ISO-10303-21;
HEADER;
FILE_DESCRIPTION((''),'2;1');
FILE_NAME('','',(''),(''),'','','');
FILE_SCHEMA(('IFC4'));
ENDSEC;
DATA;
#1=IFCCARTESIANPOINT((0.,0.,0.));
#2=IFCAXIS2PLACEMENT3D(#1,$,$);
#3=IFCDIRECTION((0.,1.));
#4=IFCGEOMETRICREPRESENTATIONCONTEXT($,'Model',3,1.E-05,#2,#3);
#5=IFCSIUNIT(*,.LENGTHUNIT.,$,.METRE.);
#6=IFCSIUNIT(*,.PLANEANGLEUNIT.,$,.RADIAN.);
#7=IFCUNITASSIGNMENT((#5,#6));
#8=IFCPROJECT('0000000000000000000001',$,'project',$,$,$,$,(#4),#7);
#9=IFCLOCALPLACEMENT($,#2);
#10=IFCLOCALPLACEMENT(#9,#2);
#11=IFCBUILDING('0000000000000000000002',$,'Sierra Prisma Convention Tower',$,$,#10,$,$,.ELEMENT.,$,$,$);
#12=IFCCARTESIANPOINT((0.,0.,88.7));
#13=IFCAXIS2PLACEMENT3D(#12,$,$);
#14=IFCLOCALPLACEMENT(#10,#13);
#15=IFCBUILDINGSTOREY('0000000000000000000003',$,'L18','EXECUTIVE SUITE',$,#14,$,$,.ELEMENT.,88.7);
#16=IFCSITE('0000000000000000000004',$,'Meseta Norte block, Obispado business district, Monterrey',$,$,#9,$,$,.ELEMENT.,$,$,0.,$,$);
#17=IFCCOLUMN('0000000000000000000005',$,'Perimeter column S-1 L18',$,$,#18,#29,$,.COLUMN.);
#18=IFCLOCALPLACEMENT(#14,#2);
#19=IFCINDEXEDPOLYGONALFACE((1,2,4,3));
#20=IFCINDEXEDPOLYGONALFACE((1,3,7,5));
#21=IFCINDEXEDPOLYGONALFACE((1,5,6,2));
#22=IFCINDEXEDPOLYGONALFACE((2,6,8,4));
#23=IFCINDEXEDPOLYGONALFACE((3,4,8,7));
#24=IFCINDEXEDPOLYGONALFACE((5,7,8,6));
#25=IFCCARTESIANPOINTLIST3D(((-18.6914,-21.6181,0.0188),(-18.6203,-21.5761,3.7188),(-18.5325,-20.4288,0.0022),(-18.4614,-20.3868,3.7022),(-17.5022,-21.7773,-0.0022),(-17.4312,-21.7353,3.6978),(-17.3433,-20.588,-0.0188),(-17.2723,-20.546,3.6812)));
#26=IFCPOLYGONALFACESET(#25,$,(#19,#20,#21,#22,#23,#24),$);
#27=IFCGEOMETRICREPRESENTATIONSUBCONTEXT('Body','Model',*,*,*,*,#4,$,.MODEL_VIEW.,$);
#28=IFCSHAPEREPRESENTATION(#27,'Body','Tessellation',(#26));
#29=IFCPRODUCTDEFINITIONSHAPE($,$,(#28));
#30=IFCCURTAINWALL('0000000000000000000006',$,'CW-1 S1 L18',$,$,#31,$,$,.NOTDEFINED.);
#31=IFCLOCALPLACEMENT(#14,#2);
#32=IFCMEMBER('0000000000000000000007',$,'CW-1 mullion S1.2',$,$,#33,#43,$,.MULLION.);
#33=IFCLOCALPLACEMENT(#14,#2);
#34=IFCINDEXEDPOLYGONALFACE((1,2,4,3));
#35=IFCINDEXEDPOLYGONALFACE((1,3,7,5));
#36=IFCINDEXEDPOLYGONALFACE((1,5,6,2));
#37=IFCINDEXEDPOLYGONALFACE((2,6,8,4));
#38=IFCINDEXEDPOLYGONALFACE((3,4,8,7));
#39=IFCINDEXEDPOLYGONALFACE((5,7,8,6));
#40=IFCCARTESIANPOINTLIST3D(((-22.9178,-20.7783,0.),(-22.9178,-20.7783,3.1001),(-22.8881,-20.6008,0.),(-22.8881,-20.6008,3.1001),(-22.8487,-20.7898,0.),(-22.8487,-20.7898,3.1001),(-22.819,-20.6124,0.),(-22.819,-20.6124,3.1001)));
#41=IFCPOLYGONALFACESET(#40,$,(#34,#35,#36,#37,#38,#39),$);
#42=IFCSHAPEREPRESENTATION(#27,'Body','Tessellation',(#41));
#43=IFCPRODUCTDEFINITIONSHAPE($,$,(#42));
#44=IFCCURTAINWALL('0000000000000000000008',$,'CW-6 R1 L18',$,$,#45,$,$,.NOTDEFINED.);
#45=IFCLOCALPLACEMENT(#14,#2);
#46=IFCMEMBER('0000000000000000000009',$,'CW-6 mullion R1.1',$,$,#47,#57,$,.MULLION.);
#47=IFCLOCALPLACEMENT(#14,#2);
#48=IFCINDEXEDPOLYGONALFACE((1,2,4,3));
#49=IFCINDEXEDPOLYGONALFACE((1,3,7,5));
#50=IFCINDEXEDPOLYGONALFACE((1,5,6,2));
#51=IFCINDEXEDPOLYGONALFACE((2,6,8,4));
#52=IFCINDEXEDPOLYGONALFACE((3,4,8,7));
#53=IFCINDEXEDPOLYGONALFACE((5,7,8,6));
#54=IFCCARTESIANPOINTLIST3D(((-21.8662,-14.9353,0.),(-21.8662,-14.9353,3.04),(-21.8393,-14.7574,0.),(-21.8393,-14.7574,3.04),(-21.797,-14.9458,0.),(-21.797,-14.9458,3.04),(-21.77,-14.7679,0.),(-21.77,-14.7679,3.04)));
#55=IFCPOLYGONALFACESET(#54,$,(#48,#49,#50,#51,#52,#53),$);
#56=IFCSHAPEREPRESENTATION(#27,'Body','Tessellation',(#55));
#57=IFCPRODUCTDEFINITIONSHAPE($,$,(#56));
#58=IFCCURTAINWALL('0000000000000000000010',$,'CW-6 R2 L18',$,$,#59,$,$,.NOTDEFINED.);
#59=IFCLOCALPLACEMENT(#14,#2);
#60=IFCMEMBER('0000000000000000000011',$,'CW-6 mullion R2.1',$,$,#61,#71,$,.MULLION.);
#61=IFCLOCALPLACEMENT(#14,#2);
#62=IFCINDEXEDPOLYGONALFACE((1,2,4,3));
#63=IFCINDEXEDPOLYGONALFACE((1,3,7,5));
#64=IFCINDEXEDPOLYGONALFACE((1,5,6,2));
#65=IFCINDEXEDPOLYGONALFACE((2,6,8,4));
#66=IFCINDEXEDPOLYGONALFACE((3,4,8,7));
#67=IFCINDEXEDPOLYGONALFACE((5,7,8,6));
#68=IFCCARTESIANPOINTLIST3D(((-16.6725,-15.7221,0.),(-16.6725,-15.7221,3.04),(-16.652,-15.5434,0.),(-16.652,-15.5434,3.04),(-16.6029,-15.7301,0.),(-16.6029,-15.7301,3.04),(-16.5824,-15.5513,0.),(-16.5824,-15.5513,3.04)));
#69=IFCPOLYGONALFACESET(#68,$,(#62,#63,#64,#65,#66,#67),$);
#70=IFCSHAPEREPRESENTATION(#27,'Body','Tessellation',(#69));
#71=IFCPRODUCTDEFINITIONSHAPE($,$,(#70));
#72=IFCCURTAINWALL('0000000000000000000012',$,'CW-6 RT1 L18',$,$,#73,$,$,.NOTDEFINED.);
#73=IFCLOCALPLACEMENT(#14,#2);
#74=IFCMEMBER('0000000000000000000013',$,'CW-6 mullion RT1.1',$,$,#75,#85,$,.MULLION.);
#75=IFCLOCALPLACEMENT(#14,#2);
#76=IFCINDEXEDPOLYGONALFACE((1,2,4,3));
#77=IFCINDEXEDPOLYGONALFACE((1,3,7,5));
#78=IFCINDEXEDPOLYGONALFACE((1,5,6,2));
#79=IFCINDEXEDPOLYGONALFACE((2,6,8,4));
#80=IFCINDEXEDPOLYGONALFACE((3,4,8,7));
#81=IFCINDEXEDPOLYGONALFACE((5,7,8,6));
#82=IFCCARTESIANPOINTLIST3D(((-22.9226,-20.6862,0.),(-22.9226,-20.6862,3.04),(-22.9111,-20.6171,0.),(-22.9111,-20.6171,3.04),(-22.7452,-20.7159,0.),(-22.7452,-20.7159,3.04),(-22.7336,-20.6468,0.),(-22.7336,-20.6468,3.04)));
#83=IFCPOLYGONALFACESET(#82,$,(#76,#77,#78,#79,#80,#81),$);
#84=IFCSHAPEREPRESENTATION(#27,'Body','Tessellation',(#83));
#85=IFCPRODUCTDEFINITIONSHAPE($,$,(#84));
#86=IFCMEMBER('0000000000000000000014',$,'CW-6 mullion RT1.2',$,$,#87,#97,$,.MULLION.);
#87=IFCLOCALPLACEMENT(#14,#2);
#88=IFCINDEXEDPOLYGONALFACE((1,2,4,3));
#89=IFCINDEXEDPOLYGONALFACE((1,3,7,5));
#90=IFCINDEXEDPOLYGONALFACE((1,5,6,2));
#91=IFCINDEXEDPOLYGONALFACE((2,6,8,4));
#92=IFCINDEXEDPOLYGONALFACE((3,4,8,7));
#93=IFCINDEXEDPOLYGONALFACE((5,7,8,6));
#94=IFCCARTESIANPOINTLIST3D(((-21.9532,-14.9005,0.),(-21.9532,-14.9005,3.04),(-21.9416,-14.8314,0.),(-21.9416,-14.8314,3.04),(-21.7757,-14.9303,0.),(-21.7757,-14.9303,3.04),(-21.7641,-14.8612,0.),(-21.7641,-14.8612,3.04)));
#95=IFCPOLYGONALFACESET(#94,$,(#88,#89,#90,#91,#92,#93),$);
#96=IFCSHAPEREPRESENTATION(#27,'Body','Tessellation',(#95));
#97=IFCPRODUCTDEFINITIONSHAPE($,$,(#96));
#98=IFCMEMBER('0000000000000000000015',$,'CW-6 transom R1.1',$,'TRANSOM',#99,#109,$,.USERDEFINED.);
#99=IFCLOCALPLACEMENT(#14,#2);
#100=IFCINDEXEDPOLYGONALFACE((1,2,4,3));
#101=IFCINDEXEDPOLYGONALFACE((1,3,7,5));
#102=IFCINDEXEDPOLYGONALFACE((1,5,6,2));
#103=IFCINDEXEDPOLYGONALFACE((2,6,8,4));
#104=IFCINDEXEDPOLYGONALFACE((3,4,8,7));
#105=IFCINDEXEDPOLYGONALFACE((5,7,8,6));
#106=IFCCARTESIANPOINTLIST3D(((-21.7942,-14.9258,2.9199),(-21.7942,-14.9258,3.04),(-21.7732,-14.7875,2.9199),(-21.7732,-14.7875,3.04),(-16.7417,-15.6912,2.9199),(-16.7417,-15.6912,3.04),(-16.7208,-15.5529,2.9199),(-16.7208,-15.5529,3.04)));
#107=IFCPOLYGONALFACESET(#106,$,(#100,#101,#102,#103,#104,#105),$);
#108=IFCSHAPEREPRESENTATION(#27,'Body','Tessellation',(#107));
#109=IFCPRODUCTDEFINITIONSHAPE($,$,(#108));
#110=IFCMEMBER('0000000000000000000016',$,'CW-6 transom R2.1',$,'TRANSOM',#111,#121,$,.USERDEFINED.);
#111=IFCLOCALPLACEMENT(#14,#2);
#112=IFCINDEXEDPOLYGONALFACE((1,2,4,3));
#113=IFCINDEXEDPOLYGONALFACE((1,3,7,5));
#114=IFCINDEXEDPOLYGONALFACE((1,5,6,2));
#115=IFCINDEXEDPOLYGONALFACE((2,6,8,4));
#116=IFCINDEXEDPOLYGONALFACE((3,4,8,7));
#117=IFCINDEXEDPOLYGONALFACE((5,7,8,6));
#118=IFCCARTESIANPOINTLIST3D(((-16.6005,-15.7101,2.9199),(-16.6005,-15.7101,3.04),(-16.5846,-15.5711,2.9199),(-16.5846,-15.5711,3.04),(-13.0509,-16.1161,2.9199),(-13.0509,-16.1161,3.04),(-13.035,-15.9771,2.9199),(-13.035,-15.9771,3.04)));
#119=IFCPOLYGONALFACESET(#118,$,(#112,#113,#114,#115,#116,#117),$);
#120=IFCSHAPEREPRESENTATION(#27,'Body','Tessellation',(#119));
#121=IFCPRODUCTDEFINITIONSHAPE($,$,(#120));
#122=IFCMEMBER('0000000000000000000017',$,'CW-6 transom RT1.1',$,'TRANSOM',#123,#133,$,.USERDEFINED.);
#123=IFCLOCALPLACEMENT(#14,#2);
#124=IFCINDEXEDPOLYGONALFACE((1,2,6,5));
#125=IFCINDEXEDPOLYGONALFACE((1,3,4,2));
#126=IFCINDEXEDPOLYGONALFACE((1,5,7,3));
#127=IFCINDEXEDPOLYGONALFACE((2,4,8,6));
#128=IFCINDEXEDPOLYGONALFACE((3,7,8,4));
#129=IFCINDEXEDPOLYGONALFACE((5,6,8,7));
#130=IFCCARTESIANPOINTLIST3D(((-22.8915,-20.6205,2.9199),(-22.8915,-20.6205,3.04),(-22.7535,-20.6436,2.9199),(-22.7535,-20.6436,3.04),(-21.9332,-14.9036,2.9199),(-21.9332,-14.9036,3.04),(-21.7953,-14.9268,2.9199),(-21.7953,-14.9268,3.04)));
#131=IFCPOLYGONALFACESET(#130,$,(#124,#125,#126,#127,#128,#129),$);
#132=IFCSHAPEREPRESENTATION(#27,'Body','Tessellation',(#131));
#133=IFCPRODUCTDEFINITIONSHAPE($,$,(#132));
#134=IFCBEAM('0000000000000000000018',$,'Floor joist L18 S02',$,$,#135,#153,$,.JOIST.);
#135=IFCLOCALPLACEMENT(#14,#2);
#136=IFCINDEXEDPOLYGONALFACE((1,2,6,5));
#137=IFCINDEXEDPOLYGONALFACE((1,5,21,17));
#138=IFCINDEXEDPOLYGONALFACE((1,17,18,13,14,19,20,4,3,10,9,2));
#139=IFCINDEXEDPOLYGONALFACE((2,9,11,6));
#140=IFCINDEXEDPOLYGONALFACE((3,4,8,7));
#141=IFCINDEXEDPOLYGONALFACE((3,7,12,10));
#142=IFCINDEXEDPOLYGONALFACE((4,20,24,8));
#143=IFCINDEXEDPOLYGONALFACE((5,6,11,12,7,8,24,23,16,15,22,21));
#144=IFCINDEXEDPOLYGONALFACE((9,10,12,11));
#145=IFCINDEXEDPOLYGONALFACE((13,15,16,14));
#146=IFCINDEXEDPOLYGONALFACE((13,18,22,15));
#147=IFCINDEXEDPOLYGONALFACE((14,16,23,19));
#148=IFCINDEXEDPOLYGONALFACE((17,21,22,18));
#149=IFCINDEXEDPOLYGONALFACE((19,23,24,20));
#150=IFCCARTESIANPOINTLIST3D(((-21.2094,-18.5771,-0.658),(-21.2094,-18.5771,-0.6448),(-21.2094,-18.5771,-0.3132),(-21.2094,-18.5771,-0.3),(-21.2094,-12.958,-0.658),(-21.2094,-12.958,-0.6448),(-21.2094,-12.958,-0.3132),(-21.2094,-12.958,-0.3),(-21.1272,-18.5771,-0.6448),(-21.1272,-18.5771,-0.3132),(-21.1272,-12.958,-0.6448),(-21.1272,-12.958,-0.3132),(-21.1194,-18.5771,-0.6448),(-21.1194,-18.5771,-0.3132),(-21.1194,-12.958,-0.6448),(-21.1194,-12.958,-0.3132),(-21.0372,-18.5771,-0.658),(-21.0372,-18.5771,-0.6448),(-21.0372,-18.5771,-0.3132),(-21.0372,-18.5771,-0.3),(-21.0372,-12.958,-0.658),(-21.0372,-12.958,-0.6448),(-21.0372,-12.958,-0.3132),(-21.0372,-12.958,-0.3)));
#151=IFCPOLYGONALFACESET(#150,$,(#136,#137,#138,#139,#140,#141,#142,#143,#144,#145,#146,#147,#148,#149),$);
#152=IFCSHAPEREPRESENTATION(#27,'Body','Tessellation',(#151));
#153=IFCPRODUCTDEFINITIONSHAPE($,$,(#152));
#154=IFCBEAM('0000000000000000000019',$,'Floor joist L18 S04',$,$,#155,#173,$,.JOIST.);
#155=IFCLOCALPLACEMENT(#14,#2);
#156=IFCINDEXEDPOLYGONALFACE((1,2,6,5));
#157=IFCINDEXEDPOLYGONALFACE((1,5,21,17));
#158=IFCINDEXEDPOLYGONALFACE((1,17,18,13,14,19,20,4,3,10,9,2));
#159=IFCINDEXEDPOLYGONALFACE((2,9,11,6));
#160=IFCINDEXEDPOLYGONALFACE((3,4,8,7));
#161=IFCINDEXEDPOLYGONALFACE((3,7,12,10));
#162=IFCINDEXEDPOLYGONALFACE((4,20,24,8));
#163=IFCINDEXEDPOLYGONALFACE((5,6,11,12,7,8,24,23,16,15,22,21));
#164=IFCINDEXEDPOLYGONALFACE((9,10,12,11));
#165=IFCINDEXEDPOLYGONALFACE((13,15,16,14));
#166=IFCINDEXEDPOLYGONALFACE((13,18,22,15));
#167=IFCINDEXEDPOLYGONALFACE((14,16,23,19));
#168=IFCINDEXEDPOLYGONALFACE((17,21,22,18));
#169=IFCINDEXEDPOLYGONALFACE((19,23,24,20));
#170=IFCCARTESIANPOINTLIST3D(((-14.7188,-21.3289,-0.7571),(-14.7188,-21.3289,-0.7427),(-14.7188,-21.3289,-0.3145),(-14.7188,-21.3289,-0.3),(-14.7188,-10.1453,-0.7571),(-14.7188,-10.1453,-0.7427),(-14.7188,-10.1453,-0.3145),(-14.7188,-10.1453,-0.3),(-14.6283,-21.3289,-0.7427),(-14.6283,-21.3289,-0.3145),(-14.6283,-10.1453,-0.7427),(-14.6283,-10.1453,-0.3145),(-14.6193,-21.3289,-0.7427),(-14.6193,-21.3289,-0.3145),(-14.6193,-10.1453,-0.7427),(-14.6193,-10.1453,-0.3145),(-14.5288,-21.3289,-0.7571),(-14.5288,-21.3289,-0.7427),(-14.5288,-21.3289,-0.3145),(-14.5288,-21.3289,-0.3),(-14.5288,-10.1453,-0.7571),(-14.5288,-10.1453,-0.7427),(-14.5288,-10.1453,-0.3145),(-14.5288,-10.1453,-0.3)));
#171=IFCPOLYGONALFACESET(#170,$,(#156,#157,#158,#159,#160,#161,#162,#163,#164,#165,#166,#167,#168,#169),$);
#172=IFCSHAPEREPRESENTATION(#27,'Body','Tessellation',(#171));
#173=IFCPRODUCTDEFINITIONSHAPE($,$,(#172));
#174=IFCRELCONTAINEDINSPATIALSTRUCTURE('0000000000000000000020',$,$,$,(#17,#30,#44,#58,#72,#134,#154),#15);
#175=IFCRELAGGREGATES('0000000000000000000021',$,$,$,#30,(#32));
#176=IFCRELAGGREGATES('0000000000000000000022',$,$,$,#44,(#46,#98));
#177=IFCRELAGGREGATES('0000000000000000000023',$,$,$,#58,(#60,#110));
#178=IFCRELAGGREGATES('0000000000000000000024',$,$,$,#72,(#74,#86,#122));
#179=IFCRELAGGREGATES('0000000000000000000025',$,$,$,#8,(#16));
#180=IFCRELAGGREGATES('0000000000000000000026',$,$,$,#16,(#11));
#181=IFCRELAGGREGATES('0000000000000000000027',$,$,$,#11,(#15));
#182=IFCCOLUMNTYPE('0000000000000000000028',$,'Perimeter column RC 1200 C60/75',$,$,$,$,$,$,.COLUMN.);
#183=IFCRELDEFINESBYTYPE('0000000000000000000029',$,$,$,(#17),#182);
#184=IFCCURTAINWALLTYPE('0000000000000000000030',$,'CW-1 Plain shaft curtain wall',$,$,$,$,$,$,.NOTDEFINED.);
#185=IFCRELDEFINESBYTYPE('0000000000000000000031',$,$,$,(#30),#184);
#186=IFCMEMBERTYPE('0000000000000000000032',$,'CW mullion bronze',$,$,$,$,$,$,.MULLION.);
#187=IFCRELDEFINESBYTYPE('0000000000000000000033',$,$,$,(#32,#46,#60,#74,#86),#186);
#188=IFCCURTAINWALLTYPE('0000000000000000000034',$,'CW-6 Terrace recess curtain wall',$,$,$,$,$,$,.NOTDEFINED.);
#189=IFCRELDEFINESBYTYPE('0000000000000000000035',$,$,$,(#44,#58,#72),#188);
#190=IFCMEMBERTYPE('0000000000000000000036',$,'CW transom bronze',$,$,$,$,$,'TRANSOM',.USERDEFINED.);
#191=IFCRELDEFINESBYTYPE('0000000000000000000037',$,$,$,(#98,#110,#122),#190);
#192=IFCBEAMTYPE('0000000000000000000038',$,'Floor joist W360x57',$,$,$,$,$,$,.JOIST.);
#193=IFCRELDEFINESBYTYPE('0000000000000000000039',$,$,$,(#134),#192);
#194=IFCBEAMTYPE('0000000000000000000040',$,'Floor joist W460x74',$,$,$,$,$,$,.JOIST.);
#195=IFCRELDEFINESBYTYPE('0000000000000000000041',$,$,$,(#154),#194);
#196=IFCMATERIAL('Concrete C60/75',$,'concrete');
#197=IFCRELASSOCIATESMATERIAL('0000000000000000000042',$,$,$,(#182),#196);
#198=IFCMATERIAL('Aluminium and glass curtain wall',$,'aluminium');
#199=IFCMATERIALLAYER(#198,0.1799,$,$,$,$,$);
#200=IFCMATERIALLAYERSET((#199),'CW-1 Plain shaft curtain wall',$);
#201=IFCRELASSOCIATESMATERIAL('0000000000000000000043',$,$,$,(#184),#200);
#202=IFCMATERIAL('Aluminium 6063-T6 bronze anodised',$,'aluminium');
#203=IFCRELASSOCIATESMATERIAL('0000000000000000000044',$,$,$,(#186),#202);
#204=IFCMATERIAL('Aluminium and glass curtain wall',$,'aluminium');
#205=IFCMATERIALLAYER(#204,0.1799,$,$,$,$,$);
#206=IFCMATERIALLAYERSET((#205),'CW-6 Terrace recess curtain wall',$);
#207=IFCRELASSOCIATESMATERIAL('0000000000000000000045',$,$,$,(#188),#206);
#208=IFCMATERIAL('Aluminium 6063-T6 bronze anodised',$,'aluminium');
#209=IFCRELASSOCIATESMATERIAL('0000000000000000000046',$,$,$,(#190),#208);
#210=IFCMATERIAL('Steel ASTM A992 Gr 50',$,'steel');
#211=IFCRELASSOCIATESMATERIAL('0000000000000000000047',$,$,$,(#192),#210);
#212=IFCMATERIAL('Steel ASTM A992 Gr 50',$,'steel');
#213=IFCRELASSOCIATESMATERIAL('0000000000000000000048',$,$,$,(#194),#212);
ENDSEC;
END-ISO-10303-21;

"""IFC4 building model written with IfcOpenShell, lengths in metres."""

from ifc_helpers import new_model, si_unit, direction, frame, origin, origin_2d, place, context, subcontext, project, spatial, rectangle, i_section, extrude, material, layer, layer_set, material_profile, profile_set, type_object, element, aggregate, save


model = new_model("IFC4")

# Units and contexts
model_context = context("Model", 3, precision=1e-05, world=origin(), true_north=direction((0.0, 1.0)))
body_context = subcontext(model_context, "Body", "Model", "MODEL_VIEW")
ifc_project = project(units=[si_unit("LENGTHUNIT", "METRE"), si_unit("PLANEANGLEUNIT", "RADIAN")], contexts=[model_context])

# Site, building, storey
site_placement = place(None, origin())
site = spatial("IfcSite", under=ifc_project, at=site_placement, Name="Meseta Norte block, Obispado business district, Monterrey", CompositionType="ELEMENT", RefElevation=0.0)
building_placement = place(site_placement, origin())
building = spatial("IfcBuilding", under=site, at=building_placement, Name="Sierra Prisma Convention Tower", CompositionType="ELEMENT")
storey_placement = place(building_placement, frame((0.0, 0.0, 88.7)))
storey = spatial("IfcBuildingStorey", under=building, at=storey_placement, Name="L18", Description="EXECUTIVE SUITE", CompositionType="ELEMENT", Elevation=88.7)

# Column
ifc_material_1 = material(Name="Concrete C60/75", Category="concrete")
ifc_material_profile_1 = material_profile(ifc_material_1, rectangle(XDim=1.2, YDim=1.2, at=origin_2d()), Name="Perimeter column RC 1200 C60/75")
ifc_profile_set_1 = profile_set([ifc_material_profile_1], Name="Concrete C60/75")
column_type = type_object("IfcColumnType", Name="Perimeter column RC 1200 C60/75", PredefinedType="COLUMN", material=ifc_profile_set_1)
column_placement = place(storey_placement, frame((-18.0173, -21.103, 0.0), z_axis=(0.019197, 0.011347, 0.999751), x_axis=(-0.991007, 0.132656, 0.017523)))
element("IfcColumn", 1, at=column_placement, inside=storey, type_object=column_type, Name="Perimeter column S-1 L18", PredefinedType="COLUMN", context=body_context, shape_type="SweptSolid", body=[
    extrude(rectangle(XDim=1.2, YDim=1.2, at=origin_2d()), origin(), (0.0, 0.0, 1.0), 3.7009),
])

# Curtain walls, members
ifc_material_2 = material(Name="Aluminium and glass curtain wall", Category="aluminium")
ifc_layer_1 = layer(ifc_material_2, 0.1799)
ifc_layer_set_1 = layer_set([ifc_layer_1], Name="CW-1 Plain shaft curtain wall")
curtain_wall_type_1 = type_object("IfcCurtainWallType", Name="CW-1 Plain shaft curtain wall", PredefinedType="NOTDEFINED", material=ifc_layer_set_1)
curtain_wall_1_placement = place(storey_placement, origin())
curtain_wall_1 = element("IfcCurtainWall", 2, at=curtain_wall_1_placement, inside=storey, type_object=curtain_wall_type_1, Name="CW-1 S1 L18", PredefinedType="NOTDEFINED")
ifc_material_3 = material(Name="Aluminium 6063-T6 bronze anodised", Category="aluminium")
ifc_material_profile_2 = material_profile(ifc_material_3, rectangle(XDim=0.1799, YDim=0.0701, at=origin_2d()), Name="ALU MULLION 70x180")
ifc_profile_set_2 = profile_set([ifc_material_profile_2], Name="Aluminium 6063-T6 bronze anodised")
member_type_1 = type_object("IfcMemberType", Name="CW mullion bronze", PredefinedType="MULLION", material=ifc_profile_set_2)
member_1_placement = place(storey_placement, frame((-22.8684, -20.6953, 0.0), z_axis=(0.0, 0.0, 1.0), x_axis=(0.165286, 0.986246, 0.0)))
member_1 = element("IfcMember", 3, at=member_1_placement, type_object=member_type_1, Name="CW-1 mullion S1.2", PredefinedType="MULLION", context=body_context, shape_type="SweptSolid", body=[
    extrude(rectangle(XDim=0.1799, YDim=0.0701, at=origin_2d()), origin(), (0.0, 0.0, 1.0), 3.1001),
])
ifc_material_4 = material(Name="Aluminium and glass curtain wall", Category="aluminium")
ifc_layer_2 = layer(ifc_material_4, 0.1799)
ifc_layer_set_2 = layer_set([ifc_layer_2], Name="CW-6 Terrace recess curtain wall")
curtain_wall_type_2 = type_object("IfcCurtainWallType", Name="CW-6 Terrace recess curtain wall", PredefinedType="NOTDEFINED", material=ifc_layer_set_2)
curtain_wall_2_placement = place(storey_placement, origin())
curtain_wall_2 = element("IfcCurtainWall", 4, at=curtain_wall_2_placement, inside=storey, type_object=curtain_wall_type_2, Name="CW-6 R1 L18", PredefinedType="NOTDEFINED")
member_2_placement = place(storey_placement, frame((-21.8181, -14.8516, 0.0), z_axis=(0.0, 0.0, 1.0), x_axis=(0.149784, 0.988719, 0.0)))
member_2 = element("IfcMember", 5, at=member_2_placement, type_object=member_type_1, Name="CW-6 mullion R1.1", PredefinedType="MULLION", context=body_context, shape_type="SweptSolid", body=[
    extrude(rectangle(XDim=0.1799, YDim=0.0701, at=origin_2d()), origin(), (0.0, 0.0, 1.0), 3.04),
])
curtain_wall_3_placement = place(storey_placement, origin())
curtain_wall_3 = element("IfcCurtainWall", 6, at=curtain_wall_3_placement, inside=storey, type_object=curtain_wall_type_2, Name="CW-6 R2 L18", PredefinedType="NOTDEFINED")
member_3_placement = place(storey_placement, frame((-16.6274, -15.6367, 0.0), z_axis=(0.0, 0.0, 1.0), x_axis=(0.113615, 0.993525, 0.0)))
member_3 = element("IfcMember", 7, at=member_3_placement, type_object=member_type_1, Name="CW-6 mullion R2.1", PredefinedType="MULLION", context=body_context, shape_type="SweptSolid", body=[
    extrude(rectangle(XDim=0.1799, YDim=0.0701, at=origin_2d()), origin(), (0.0, 0.0, 1.0), 3.04),
])

# Curtain wall, members
curtain_wall_4_placement = place(storey_placement, origin())
curtain_wall_4 = element("IfcCurtainWall", 8, at=curtain_wall_4_placement, inside=storey, type_object=curtain_wall_type_2, Name="CW-6 RT1 L18", PredefinedType="NOTDEFINED")
member_4_placement = place(storey_placement, frame((-22.8281, -20.6665, 0.0), z_axis=(0.0, 0.0, 1.0), x_axis=(-0.986246, 0.165286, 0.0)))
member_4 = element("IfcMember", 9, at=member_4_placement, type_object=member_type_1, Name="CW-6 mullion RT1.1", PredefinedType="MULLION", context=body_context, shape_type="SweptSolid", body=[
    extrude(rectangle(XDim=0.1799, YDim=0.0701, at=origin_2d()), origin(), (0.0, 0.0, 1.0), 3.04),
])
member_5_placement = place(storey_placement, frame((-21.8586, -14.8809, 0.0), z_axis=(0.0, 0.0, 1.0), x_axis=(-0.986246, 0.165286, 0.0)))
member_5 = element("IfcMember", 10, at=member_5_placement, type_object=member_type_1, Name="CW-6 mullion RT1.2", PredefinedType="MULLION", context=body_context, shape_type="SweptSolid", body=[
    extrude(rectangle(XDim=0.1799, YDim=0.0701, at=origin_2d()), origin(), (0.0, 0.0, 1.0), 3.04),
])

# Members
ifc_material_5 = material(Name="Aluminium 6063-T6 bronze anodised", Category="aluminium")
ifc_material_profile_3 = material_profile(ifc_material_5, rectangle(XDim=0.1399, YDim=0.1201, at=origin_2d()), Name="ALU TRANSOM 120x140")
ifc_profile_set_3 = profile_set([ifc_material_profile_3], Name="Aluminium 6063-T6 bronze anodised")
member_type_2 = type_object("IfcMemberType", Name="CW transom bronze", ElementType="TRANSOM", PredefinedType="USERDEFINED", material=ifc_profile_set_3)
member_6_placement = place(storey_placement, frame((-21.7837, -14.8567, 2.98), z_axis=(0.98872, -0.149777, 0.0), x_axis=(0.149777, 0.98872, 0.0)))
member_6 = element("IfcMember", 11, at=member_6_placement, type_object=member_type_2, Name="CW-6 transom R1.1", ObjectType="TRANSOM", PredefinedType="USERDEFINED", context=body_context, shape_type="SweptSolid", body=[
    extrude(rectangle(XDim=0.1399, YDim=0.1201, at=origin_2d()), origin(), (0.0, 0.0, 1.0), 5.1101),
])
member_7_placement = place(storey_placement, frame((-16.5925, -15.6406, 2.98), z_axis=(0.993522, -0.113641, 0.0), x_axis=(0.113641, 0.993522, 0.0)))
member_7 = element("IfcMember", 12, at=member_7_placement, type_object=member_type_2, Name="CW-6 transom R2.1", ObjectType="TRANSOM", PredefinedType="USERDEFINED", context=body_context, shape_type="SweptSolid", body=[
    extrude(rectangle(XDim=0.1399, YDim=0.1201, at=origin_2d()), origin(), (0.0, 0.0, 1.0), 3.5728),
])
member_8_placement = place(storey_placement, frame((-22.8225, -20.6321, 2.98), z_axis=(0.165314, 0.986241, 0.0), x_axis=(-0.986241, 0.165314, 0.0)))
member_8 = element("IfcMember", 13, at=member_8_placement, type_object=member_type_2, Name="CW-6 transom RT1.1", ObjectType="TRANSOM", PredefinedType="USERDEFINED", context=body_context, shape_type="SweptSolid", body=[
    extrude(rectangle(XDim=0.1399, YDim=0.1201, at=origin_2d()), origin(), (0.0, 0.0, 1.0), 5.7966),
])

# Beams
ifc_material_6 = material(Name="Steel ASTM A992 Gr 50", Category="steel")
ifc_material_profile_4 = material_profile(ifc_material_6, i_section(OverallWidth=0.1721, OverallDepth=0.3579, WebThickness=0.0078, FlangeThickness=0.0132, at=origin_2d()), Name="W360x57")
ifc_profile_set_4 = profile_set([ifc_material_profile_4], Name="Steel ASTM A992 Gr 50")
beam_type_1 = type_object("IfcBeamType", Name="Floor joist W360x57", PredefinedType="JOIST", material=ifc_profile_set_4)
beam_1_placement = place(storey_placement, frame((-21.1233, -18.5771, -0.479), z_axis=(0.0, 1.0, 0.0), x_axis=(-1.0, 0.0, 0.0)))
element("IfcBeam", 14, at=beam_1_placement, inside=storey, type_object=beam_type_1, Name="Floor joist L18 S02", PredefinedType="JOIST", context=body_context, shape_type="SweptSolid", body=[
    extrude(i_section(OverallWidth=0.1721, OverallDepth=0.3579, WebThickness=0.0078, FlangeThickness=0.0132, at=origin_2d()), origin(), (0.0, 0.0, 1.0), 5.6191),
])
ifc_material_7 = material(Name="Steel ASTM A992 Gr 50", Category="steel")
ifc_material_profile_5 = material_profile(ifc_material_7, i_section(OverallWidth=0.1899, OverallDepth=0.457, WebThickness=0.009, FlangeThickness=0.0144, at=origin_2d()), Name="W460x74")
ifc_profile_set_5 = profile_set([ifc_material_profile_5], Name="Steel ASTM A992 Gr 50")
beam_type_2 = type_object("IfcBeamType", Name="Floor joist W460x74", PredefinedType="JOIST", material=ifc_profile_set_5)
beam_2_placement = place(storey_placement, frame((-14.6238, -21.3289, -0.5286), z_axis=(0.0, 1.0, 0.0), x_axis=(-1.0, 0.0, 0.0)))
element("IfcBeam", 15, at=beam_2_placement, inside=storey, type_object=beam_type_2, Name="Floor joist L18 S04", PredefinedType="JOIST", context=body_context, shape_type="SweptSolid", body=[
    extrude(i_section(OverallWidth=0.1899, OverallDepth=0.457, WebThickness=0.009, FlangeThickness=0.0144, at=origin_2d()), origin(), (0.0, 0.0, 1.0), 11.1836),
])

aggregate(curtain_wall_1, [member_1])
aggregate(curtain_wall_2, [member_2, member_6])
aggregate(curtain_wall_3, [member_3, member_7])
aggregate(curtain_wall_4, [member_4, member_5, member_8])

save(model, "model.ifc")
